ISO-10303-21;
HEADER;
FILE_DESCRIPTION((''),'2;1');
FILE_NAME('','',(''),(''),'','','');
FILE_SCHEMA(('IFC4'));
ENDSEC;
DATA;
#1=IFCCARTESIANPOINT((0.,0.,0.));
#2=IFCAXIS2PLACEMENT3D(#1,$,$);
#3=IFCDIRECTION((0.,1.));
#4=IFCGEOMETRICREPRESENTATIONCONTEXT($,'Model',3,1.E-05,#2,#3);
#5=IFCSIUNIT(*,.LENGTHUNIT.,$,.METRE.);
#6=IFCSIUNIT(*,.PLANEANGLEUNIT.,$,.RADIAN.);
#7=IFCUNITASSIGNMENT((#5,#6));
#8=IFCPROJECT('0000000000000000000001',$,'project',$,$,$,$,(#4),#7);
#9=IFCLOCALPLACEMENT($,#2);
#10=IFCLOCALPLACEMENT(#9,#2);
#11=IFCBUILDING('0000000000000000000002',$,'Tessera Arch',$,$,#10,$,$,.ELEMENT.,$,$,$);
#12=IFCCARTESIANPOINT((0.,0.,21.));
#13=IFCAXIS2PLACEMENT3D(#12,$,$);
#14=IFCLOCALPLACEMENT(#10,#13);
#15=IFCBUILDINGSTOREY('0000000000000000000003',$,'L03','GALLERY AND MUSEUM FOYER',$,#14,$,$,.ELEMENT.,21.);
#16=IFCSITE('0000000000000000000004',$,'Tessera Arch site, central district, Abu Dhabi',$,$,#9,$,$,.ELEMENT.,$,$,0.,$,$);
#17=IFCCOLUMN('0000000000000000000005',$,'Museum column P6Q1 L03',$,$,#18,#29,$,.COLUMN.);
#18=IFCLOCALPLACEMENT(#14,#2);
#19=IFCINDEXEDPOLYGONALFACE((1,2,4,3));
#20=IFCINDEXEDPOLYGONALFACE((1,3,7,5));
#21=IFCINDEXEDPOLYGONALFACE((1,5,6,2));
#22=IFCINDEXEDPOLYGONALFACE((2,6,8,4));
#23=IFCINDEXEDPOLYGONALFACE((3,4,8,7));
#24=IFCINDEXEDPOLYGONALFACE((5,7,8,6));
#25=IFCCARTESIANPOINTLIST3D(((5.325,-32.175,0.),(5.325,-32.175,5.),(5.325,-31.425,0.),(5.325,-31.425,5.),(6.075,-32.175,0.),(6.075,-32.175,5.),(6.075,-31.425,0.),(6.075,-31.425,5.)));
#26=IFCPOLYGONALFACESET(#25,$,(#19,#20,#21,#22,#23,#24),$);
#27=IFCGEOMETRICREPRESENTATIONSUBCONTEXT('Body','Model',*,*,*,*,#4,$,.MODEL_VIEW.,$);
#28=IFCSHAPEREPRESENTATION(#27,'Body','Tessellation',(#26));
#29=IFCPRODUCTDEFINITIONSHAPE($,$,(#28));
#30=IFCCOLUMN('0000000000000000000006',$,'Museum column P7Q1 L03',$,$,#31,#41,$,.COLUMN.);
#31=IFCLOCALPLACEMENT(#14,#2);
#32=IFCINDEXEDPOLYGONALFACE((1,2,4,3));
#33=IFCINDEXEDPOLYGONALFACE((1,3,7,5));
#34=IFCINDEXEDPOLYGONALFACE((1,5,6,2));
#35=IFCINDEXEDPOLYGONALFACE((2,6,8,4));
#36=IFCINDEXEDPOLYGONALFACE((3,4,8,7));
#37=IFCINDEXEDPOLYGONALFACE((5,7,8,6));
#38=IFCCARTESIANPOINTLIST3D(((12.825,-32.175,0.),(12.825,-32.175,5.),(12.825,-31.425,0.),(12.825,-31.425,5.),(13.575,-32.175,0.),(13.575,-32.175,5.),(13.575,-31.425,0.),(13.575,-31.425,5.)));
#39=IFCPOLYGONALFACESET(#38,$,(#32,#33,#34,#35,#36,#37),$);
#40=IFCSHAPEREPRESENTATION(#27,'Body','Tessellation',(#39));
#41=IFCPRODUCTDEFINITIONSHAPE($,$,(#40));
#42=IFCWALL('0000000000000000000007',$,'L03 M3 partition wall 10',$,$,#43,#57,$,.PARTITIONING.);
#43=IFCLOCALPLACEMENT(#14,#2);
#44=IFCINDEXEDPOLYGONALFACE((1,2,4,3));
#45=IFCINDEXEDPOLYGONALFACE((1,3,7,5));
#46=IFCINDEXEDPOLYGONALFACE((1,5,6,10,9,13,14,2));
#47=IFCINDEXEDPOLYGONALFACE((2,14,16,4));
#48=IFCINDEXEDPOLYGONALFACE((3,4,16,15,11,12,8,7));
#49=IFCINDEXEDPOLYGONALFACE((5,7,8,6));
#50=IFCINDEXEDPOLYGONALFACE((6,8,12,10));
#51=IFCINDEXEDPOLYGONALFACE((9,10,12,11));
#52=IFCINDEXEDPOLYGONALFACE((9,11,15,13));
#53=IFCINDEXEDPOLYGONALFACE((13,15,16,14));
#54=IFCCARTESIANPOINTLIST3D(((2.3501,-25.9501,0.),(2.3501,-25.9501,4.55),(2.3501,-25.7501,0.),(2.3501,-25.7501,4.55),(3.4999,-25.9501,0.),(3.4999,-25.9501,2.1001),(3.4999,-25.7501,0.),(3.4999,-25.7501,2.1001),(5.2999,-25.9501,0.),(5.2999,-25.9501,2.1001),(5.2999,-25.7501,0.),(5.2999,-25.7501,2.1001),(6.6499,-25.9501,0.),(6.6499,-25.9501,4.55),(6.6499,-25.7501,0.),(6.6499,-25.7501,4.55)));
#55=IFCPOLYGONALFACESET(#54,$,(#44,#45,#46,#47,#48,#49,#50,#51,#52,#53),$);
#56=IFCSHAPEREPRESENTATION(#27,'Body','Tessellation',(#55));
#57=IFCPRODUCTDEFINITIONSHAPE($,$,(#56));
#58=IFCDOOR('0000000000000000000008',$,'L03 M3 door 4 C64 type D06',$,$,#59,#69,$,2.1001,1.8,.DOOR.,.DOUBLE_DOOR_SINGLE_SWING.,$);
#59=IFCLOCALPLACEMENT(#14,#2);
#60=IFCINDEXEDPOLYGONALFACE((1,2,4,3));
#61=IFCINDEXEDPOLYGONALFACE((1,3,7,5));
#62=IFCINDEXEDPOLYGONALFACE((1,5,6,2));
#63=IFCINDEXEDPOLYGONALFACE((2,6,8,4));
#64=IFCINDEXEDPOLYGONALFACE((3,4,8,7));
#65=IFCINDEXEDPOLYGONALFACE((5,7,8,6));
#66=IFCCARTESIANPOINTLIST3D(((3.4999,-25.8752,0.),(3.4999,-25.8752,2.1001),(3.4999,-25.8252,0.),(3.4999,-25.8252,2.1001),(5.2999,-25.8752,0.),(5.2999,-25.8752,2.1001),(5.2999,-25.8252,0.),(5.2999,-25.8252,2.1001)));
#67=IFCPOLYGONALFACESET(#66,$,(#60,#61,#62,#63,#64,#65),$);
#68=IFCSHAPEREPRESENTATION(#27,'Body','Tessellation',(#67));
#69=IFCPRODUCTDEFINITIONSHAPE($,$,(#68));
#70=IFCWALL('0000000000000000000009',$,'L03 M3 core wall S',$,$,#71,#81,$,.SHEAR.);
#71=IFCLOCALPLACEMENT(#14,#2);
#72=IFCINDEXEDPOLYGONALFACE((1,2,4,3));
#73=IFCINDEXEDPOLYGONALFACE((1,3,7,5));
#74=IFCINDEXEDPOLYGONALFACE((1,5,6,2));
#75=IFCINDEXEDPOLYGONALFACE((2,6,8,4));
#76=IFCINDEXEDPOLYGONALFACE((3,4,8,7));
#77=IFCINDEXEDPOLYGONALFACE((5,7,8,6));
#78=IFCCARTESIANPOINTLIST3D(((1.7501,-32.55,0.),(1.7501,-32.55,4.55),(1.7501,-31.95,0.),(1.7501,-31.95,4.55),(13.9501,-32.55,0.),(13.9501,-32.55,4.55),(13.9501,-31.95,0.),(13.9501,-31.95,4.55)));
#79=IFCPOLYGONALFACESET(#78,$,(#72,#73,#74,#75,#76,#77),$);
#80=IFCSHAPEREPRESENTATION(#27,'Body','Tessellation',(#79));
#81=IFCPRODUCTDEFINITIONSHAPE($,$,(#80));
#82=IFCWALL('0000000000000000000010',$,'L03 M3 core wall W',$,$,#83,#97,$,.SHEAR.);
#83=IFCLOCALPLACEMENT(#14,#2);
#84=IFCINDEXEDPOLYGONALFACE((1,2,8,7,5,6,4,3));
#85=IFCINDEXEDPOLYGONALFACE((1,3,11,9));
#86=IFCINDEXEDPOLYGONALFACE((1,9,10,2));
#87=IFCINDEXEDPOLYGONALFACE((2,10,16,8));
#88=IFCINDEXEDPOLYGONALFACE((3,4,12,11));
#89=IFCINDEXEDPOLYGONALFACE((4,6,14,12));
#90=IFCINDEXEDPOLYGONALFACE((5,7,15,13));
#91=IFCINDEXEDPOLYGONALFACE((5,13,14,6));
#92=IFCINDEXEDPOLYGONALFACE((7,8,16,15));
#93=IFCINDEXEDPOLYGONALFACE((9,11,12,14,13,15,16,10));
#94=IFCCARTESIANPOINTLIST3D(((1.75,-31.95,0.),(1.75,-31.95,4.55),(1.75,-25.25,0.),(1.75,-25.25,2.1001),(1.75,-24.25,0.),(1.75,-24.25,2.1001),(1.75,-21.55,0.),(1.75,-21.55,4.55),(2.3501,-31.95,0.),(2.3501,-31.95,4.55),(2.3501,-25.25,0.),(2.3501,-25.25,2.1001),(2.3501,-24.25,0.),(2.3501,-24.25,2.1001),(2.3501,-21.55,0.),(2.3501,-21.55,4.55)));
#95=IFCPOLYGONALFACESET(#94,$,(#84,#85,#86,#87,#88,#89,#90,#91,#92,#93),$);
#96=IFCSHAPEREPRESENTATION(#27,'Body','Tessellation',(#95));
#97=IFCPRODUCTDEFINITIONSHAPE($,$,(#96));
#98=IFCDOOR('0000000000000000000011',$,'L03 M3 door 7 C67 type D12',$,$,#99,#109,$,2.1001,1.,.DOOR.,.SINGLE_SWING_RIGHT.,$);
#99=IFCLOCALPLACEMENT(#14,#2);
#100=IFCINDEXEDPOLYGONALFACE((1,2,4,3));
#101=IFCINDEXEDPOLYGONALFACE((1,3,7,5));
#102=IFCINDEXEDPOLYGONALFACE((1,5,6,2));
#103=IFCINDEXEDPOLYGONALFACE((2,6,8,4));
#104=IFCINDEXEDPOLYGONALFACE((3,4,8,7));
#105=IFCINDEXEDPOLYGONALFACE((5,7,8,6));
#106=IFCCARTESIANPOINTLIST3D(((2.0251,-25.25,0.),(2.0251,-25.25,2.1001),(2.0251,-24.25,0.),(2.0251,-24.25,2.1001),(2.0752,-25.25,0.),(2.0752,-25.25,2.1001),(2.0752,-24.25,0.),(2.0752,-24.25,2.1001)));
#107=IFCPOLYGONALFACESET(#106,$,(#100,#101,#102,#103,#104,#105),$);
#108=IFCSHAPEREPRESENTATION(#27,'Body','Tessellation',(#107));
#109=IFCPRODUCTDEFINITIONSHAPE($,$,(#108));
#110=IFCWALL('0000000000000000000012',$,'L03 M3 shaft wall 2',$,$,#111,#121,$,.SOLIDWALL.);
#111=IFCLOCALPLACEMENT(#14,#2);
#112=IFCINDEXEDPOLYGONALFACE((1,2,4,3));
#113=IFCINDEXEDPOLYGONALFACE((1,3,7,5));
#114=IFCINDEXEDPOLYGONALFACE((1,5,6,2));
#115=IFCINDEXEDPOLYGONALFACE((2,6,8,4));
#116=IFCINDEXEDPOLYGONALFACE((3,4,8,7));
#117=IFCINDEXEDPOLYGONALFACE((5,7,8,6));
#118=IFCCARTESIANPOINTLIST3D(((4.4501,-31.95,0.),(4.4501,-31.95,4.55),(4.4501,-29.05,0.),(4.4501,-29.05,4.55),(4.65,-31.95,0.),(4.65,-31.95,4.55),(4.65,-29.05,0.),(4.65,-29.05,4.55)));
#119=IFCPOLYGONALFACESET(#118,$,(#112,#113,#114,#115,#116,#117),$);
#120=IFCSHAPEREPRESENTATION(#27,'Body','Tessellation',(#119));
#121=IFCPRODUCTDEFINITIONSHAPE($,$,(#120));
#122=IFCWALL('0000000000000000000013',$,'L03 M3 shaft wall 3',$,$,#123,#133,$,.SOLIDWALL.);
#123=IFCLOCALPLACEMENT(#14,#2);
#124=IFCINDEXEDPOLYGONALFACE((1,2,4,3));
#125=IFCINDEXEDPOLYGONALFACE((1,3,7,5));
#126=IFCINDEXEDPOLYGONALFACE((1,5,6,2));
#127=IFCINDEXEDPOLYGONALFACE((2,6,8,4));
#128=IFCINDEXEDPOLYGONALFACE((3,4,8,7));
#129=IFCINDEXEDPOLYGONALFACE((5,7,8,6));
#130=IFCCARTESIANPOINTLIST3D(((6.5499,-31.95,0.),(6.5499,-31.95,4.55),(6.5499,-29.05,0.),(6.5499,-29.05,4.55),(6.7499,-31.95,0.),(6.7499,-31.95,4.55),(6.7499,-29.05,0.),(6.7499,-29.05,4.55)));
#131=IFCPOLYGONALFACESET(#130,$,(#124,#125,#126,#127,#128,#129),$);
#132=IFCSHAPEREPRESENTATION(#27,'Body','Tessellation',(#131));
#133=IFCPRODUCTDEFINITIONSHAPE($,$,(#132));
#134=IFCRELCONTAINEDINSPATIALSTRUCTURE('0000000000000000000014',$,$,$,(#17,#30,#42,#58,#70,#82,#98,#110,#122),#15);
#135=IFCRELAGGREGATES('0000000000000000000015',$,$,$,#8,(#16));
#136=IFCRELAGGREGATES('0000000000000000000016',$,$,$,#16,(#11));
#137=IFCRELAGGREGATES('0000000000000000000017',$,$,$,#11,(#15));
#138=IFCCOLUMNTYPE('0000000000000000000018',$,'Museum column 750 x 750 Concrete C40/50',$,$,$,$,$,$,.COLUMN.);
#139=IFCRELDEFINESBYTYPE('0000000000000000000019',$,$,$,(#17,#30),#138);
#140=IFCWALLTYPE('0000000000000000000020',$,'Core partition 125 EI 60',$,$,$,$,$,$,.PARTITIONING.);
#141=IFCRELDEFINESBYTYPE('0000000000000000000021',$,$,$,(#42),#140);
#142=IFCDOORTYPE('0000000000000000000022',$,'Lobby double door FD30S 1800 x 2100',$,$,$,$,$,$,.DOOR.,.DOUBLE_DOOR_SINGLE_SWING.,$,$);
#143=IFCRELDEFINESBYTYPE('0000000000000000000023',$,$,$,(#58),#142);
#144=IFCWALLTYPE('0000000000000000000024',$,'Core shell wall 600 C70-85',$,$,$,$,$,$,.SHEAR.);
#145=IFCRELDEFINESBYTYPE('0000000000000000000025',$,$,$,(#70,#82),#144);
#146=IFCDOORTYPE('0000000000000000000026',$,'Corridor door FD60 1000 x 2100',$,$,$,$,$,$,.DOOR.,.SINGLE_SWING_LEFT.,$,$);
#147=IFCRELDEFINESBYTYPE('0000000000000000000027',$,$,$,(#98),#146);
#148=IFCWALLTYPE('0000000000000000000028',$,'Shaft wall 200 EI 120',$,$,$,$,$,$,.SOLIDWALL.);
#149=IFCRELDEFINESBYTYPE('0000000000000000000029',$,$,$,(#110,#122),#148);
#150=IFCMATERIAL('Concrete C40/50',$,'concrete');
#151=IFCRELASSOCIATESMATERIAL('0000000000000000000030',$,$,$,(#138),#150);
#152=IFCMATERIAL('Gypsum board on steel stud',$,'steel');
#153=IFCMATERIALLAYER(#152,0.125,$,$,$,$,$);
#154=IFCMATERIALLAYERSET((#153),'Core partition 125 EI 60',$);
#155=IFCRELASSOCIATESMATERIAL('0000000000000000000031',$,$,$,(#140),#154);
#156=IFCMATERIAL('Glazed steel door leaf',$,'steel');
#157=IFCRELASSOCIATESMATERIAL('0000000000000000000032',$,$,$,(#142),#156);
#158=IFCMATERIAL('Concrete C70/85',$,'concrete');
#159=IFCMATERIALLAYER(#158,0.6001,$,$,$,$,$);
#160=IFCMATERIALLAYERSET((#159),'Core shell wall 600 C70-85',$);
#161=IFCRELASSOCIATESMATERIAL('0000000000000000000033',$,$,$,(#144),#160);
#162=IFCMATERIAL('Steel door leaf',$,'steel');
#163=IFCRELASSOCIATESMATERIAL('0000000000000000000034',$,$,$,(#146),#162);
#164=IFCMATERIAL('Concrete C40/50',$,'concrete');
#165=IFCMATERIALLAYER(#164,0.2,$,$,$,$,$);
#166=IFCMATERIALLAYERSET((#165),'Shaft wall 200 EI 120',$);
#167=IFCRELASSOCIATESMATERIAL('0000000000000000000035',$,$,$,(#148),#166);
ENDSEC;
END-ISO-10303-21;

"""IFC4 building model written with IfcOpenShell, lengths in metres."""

from ifc_helpers import new_model, si_unit, direction, frame, frame_2d, origin, origin_2d, place, context, subcontext, project, spatial, rectangle, extrude, material, layer, layer_set, material_profile, profile_set, type_object, element, fill, save


model = new_model("IFC4")

# Units and contexts
model_context = context("Model", 3, precision=1e-05, world=origin(), true_north=direction((0.0, 1.0)))
body_context = subcontext(model_context, "Body", "Model", "MODEL_VIEW")
ifc_project = project(units=[si_unit("LENGTHUNIT", "METRE"), si_unit("PLANEANGLEUNIT", "RADIAN")], contexts=[model_context])

# Site, building, storey
site_placement = place(None, origin())
site = spatial("IfcSite", under=ifc_project, at=site_placement, Name="Tessera Arch site, central district, Abu Dhabi", CompositionType="ELEMENT", RefElevation=0.0)
building_placement = place(site_placement, origin())
building = spatial("IfcBuilding", under=site, at=building_placement, Name="Tessera Arch", CompositionType="ELEMENT")
storey_placement = place(building_placement, frame((0.0, 0.0, 21.0)))
storey = spatial("IfcBuildingStorey", under=building, at=storey_placement, Name="L03", Description="GALLERY AND MUSEUM FOYER", CompositionType="ELEMENT", Elevation=21.0)

# Columns
ifc_material_1 = material(Name="Concrete C40/50", Category="concrete")
ifc_material_profile = material_profile(ifc_material_1, rectangle(XDim=0.75, YDim=0.75, at=origin_2d()), Name="Museum column 750 x 750 Concrete C40/50")
ifc_profile_set = profile_set([ifc_material_profile], Name="Concrete C40/50")
column_type = type_object("IfcColumnType", Name="Museum column 750 x 750 Concrete C40/50", PredefinedType="COLUMN", material=ifc_profile_set)
for number, where, z_axis, x_axis, name in (
    (1, (5.7, -31.8, 0.0), (0.0, 0.0, 1.0), (1.0, 0.0, 0.0), "Museum column P6Q1 L03"),
    (2, (13.2, -31.8, 0.0), (0.0, 0.0, 1.0), (1.0, 0.0, 0.0), "Museum column P7Q1 L03"),
):
    element("IfcColumn", number, at=place(storey_placement, frame(where, z_axis=z_axis, x_axis=x_axis)), inside=storey, type_object=column_type, Name=name, PredefinedType="COLUMN", context=body_context, shape_type="SweptSolid", body=[
        extrude(rectangle(XDim=0.75, YDim=0.75, at=origin_2d()), origin(), (0.0, 0.0, 1.0), 5.0),
    ])

# Wall, opening, door
ifc_material_2 = material(Name="Gypsum board on steel stud", Category="steel")
ifc_layer_1 = layer(ifc_material_2, 0.125)
ifc_layer_set_1 = layer_set([ifc_layer_1], Name="Core partition 125 EI 60")
wall_type_1 = type_object("IfcWallType", Name="Core partition 125 EI 60", PredefinedType="PARTITIONING", material=ifc_layer_set_1)
wall_1_placement = place(storey_placement, frame((2.3501, -25.8501, 0.0), z_axis=(0.0, 0.0, 1.0), x_axis=(1.0, 0.0, 0.0)))
wall_1 = element("IfcWall", 3, at=wall_1_placement, inside=storey, type_object=wall_type_1, Name="L03 M3 partition wall 10", PredefinedType="PARTITIONING", context=body_context, shape_type="SweptSolid", body=[
    extrude(rectangle(XDim=4.2998, YDim=0.2, at=frame_2d((2.1499, 0.0))), origin(), (0.0, 0.0, 1.0), 4.55),
])
opening_1_placement = place(wall_1_placement, frame((1.1499, 0.0, 0.0)))
opening_1 = element("IfcOpeningElement", 4, at=opening_1_placement, cuts=wall_1, PredefinedType="OPENING", context=body_context, shape_type="SweptSolid", body=[
    extrude(rectangle(XDim=1.8, YDim=2.1001, at=frame_2d((0.8999, 1.05))), frame((0.0, 0.1099, 0.0), z_axis=(0.0, -1.0, 0.0), x_axis=(1.0, 0.0, 0.0)), (0.0, 0.0, 1.0), 0.22),
])
ifc_material_3 = material(Name="Glazed steel door leaf", Category="steel")
door_type_1 = type_object("IfcDoorType", Name="Lobby double door FD30S 1800 x 2100", OperationType="DOUBLE_DOOR_SINGLE_SWING", PredefinedType="DOOR", material=ifc_material_3)
door_1_placement = place(opening_1_placement, origin())
door_1 = element("IfcDoor", 5, at=door_1_placement, inside=storey, type_object=door_type_1, Name="L03 M3 door 4 C64 type D06", OperationType="DOUBLE_DOOR_SINGLE_SWING", OverallHeight=2.1001, OverallWidth=1.8, PredefinedType="DOOR", context=body_context, shape_type="SweptSolid", body=[
    extrude(rectangle(XDim=1.8, YDim=2.1001, at=frame_2d((0.8999, 1.05))), frame((0.0, 0.0249, 0.0), z_axis=(0.0, -1.0, 0.0), x_axis=(1.0, 0.0, 0.0)), (0.0, 0.0, 1.0), 0.05),
])
fill(opening_1, door_1)

# Wall
ifc_material_4 = material(Name="Concrete C70/85", Category="concrete")
ifc_layer_2 = layer(ifc_material_4, 0.6001)
ifc_layer_set_2 = layer_set([ifc_layer_2], Name="Core shell wall 600 C70-85")
wall_type_2 = type_object("IfcWallType", Name="Core shell wall 600 C70-85", PredefinedType="SHEAR", material=ifc_layer_set_2)
wall_2_placement = place(storey_placement, frame((1.75, -32.25, 0.0), z_axis=(0.0, 0.0, 1.0), x_axis=(1.0, 0.0, 0.0)))
element("IfcWall", 6, at=wall_2_placement, inside=storey, type_object=wall_type_2, Name="L03 M3 core wall S", PredefinedType="SHEAR", context=body_context, shape_type="SweptSolid", body=[
    extrude(rectangle(XDim=12.2, YDim=0.6001, at=frame_2d((6.1001, 0.0))), origin(), (0.0, 0.0, 1.0), 4.55),
])

# Wall, opening, door
wall_3_placement = place(storey_placement, frame((2.05, -31.95, 0.0), z_axis=(0.0, 0.0, 1.0), x_axis=(0.0, 1.0, 0.0)))
wall_3 = element("IfcWall", 7, at=wall_3_placement, inside=storey, type_object=wall_type_2, Name="L03 M3 core wall W", PredefinedType="SHEAR", context=body_context, shape_type="SweptSolid", body=[
    extrude(rectangle(XDim=10.3999, YDim=0.6001, at=frame_2d((5.2, 0.0))), origin(), (0.0, 0.0, 1.0), 4.55),
])
opening_2_placement = place(wall_3_placement, frame((6.7, 0.0, 0.0)))
opening_2 = element("IfcOpeningElement", 8, at=opening_2_placement, cuts=wall_3, PredefinedType="OPENING", context=body_context, shape_type="SweptSolid", body=[
    extrude(rectangle(XDim=1.0, YDim=2.1001, at=frame_2d((0.5, 1.05))), frame((0.0, 0.3101, 0.0), z_axis=(0.0, -1.0, 0.0), x_axis=(1.0, 0.0, 0.0)), (0.0, 0.0, 1.0), 0.6201),
])
ifc_material_5 = material(Name="Steel door leaf", Category="steel")
door_type_2 = type_object("IfcDoorType", Name="Corridor door FD60 1000 x 2100", OperationType="SINGLE_SWING_LEFT", PredefinedType="DOOR", material=ifc_material_5)
door_2_placement = place(opening_2_placement, origin())
door_2 = element("IfcDoor", 9, at=door_2_placement, inside=storey, type_object=door_type_2, Name="L03 M3 door 7 C67 type D12", OperationType="SINGLE_SWING_RIGHT", OverallHeight=2.1001, OverallWidth=1.0, PredefinedType="DOOR", context=body_context, shape_type="SweptSolid", body=[
    extrude(rectangle(XDim=1.0, YDim=2.1001, at=frame_2d((0.5, 1.05))), frame((0.0, 0.0249, 0.0), z_axis=(0.0, -1.0, 0.0), x_axis=(1.0, 0.0, 0.0)), (0.0, 0.0, 1.0), 0.05),
])
fill(opening_2, door_2)

# Walls
ifc_material_6 = material(Name="Concrete C40/50", Category="concrete")
ifc_layer_3 = layer(ifc_material_6, 0.2)
ifc_layer_set_3 = layer_set([ifc_layer_3], Name="Shaft wall 200 EI 120")
wall_type_3 = type_object("IfcWallType", Name="Shaft wall 200 EI 120", PredefinedType="SOLIDWALL", material=ifc_layer_set_3)
for number, where, z_axis, x_axis, name in (
    (10, (4.55, -31.95, 0.0), (0.0, 0.0, 1.0), (0.0, 1.0, 0.0), "L03 M3 shaft wall 2"),
    (11, (6.6499, -31.95, 0.0), (0.0, 0.0, 1.0), (0.0, 1.0, 0.0), "L03 M3 shaft wall 3"),
):
    element("IfcWall", number, at=place(storey_placement, frame(where, z_axis=z_axis, x_axis=x_axis)), inside=storey, type_object=wall_type_3, Name=name, PredefinedType="SOLIDWALL", context=body_context, shape_type="SweptSolid", body=[
        extrude(rectangle(XDim=2.8999, YDim=0.2, at=frame_2d((1.45, 0.0))), origin(), (0.0, 0.0, 1.0), 4.55),
    ])

save(model, "model.ifc")
